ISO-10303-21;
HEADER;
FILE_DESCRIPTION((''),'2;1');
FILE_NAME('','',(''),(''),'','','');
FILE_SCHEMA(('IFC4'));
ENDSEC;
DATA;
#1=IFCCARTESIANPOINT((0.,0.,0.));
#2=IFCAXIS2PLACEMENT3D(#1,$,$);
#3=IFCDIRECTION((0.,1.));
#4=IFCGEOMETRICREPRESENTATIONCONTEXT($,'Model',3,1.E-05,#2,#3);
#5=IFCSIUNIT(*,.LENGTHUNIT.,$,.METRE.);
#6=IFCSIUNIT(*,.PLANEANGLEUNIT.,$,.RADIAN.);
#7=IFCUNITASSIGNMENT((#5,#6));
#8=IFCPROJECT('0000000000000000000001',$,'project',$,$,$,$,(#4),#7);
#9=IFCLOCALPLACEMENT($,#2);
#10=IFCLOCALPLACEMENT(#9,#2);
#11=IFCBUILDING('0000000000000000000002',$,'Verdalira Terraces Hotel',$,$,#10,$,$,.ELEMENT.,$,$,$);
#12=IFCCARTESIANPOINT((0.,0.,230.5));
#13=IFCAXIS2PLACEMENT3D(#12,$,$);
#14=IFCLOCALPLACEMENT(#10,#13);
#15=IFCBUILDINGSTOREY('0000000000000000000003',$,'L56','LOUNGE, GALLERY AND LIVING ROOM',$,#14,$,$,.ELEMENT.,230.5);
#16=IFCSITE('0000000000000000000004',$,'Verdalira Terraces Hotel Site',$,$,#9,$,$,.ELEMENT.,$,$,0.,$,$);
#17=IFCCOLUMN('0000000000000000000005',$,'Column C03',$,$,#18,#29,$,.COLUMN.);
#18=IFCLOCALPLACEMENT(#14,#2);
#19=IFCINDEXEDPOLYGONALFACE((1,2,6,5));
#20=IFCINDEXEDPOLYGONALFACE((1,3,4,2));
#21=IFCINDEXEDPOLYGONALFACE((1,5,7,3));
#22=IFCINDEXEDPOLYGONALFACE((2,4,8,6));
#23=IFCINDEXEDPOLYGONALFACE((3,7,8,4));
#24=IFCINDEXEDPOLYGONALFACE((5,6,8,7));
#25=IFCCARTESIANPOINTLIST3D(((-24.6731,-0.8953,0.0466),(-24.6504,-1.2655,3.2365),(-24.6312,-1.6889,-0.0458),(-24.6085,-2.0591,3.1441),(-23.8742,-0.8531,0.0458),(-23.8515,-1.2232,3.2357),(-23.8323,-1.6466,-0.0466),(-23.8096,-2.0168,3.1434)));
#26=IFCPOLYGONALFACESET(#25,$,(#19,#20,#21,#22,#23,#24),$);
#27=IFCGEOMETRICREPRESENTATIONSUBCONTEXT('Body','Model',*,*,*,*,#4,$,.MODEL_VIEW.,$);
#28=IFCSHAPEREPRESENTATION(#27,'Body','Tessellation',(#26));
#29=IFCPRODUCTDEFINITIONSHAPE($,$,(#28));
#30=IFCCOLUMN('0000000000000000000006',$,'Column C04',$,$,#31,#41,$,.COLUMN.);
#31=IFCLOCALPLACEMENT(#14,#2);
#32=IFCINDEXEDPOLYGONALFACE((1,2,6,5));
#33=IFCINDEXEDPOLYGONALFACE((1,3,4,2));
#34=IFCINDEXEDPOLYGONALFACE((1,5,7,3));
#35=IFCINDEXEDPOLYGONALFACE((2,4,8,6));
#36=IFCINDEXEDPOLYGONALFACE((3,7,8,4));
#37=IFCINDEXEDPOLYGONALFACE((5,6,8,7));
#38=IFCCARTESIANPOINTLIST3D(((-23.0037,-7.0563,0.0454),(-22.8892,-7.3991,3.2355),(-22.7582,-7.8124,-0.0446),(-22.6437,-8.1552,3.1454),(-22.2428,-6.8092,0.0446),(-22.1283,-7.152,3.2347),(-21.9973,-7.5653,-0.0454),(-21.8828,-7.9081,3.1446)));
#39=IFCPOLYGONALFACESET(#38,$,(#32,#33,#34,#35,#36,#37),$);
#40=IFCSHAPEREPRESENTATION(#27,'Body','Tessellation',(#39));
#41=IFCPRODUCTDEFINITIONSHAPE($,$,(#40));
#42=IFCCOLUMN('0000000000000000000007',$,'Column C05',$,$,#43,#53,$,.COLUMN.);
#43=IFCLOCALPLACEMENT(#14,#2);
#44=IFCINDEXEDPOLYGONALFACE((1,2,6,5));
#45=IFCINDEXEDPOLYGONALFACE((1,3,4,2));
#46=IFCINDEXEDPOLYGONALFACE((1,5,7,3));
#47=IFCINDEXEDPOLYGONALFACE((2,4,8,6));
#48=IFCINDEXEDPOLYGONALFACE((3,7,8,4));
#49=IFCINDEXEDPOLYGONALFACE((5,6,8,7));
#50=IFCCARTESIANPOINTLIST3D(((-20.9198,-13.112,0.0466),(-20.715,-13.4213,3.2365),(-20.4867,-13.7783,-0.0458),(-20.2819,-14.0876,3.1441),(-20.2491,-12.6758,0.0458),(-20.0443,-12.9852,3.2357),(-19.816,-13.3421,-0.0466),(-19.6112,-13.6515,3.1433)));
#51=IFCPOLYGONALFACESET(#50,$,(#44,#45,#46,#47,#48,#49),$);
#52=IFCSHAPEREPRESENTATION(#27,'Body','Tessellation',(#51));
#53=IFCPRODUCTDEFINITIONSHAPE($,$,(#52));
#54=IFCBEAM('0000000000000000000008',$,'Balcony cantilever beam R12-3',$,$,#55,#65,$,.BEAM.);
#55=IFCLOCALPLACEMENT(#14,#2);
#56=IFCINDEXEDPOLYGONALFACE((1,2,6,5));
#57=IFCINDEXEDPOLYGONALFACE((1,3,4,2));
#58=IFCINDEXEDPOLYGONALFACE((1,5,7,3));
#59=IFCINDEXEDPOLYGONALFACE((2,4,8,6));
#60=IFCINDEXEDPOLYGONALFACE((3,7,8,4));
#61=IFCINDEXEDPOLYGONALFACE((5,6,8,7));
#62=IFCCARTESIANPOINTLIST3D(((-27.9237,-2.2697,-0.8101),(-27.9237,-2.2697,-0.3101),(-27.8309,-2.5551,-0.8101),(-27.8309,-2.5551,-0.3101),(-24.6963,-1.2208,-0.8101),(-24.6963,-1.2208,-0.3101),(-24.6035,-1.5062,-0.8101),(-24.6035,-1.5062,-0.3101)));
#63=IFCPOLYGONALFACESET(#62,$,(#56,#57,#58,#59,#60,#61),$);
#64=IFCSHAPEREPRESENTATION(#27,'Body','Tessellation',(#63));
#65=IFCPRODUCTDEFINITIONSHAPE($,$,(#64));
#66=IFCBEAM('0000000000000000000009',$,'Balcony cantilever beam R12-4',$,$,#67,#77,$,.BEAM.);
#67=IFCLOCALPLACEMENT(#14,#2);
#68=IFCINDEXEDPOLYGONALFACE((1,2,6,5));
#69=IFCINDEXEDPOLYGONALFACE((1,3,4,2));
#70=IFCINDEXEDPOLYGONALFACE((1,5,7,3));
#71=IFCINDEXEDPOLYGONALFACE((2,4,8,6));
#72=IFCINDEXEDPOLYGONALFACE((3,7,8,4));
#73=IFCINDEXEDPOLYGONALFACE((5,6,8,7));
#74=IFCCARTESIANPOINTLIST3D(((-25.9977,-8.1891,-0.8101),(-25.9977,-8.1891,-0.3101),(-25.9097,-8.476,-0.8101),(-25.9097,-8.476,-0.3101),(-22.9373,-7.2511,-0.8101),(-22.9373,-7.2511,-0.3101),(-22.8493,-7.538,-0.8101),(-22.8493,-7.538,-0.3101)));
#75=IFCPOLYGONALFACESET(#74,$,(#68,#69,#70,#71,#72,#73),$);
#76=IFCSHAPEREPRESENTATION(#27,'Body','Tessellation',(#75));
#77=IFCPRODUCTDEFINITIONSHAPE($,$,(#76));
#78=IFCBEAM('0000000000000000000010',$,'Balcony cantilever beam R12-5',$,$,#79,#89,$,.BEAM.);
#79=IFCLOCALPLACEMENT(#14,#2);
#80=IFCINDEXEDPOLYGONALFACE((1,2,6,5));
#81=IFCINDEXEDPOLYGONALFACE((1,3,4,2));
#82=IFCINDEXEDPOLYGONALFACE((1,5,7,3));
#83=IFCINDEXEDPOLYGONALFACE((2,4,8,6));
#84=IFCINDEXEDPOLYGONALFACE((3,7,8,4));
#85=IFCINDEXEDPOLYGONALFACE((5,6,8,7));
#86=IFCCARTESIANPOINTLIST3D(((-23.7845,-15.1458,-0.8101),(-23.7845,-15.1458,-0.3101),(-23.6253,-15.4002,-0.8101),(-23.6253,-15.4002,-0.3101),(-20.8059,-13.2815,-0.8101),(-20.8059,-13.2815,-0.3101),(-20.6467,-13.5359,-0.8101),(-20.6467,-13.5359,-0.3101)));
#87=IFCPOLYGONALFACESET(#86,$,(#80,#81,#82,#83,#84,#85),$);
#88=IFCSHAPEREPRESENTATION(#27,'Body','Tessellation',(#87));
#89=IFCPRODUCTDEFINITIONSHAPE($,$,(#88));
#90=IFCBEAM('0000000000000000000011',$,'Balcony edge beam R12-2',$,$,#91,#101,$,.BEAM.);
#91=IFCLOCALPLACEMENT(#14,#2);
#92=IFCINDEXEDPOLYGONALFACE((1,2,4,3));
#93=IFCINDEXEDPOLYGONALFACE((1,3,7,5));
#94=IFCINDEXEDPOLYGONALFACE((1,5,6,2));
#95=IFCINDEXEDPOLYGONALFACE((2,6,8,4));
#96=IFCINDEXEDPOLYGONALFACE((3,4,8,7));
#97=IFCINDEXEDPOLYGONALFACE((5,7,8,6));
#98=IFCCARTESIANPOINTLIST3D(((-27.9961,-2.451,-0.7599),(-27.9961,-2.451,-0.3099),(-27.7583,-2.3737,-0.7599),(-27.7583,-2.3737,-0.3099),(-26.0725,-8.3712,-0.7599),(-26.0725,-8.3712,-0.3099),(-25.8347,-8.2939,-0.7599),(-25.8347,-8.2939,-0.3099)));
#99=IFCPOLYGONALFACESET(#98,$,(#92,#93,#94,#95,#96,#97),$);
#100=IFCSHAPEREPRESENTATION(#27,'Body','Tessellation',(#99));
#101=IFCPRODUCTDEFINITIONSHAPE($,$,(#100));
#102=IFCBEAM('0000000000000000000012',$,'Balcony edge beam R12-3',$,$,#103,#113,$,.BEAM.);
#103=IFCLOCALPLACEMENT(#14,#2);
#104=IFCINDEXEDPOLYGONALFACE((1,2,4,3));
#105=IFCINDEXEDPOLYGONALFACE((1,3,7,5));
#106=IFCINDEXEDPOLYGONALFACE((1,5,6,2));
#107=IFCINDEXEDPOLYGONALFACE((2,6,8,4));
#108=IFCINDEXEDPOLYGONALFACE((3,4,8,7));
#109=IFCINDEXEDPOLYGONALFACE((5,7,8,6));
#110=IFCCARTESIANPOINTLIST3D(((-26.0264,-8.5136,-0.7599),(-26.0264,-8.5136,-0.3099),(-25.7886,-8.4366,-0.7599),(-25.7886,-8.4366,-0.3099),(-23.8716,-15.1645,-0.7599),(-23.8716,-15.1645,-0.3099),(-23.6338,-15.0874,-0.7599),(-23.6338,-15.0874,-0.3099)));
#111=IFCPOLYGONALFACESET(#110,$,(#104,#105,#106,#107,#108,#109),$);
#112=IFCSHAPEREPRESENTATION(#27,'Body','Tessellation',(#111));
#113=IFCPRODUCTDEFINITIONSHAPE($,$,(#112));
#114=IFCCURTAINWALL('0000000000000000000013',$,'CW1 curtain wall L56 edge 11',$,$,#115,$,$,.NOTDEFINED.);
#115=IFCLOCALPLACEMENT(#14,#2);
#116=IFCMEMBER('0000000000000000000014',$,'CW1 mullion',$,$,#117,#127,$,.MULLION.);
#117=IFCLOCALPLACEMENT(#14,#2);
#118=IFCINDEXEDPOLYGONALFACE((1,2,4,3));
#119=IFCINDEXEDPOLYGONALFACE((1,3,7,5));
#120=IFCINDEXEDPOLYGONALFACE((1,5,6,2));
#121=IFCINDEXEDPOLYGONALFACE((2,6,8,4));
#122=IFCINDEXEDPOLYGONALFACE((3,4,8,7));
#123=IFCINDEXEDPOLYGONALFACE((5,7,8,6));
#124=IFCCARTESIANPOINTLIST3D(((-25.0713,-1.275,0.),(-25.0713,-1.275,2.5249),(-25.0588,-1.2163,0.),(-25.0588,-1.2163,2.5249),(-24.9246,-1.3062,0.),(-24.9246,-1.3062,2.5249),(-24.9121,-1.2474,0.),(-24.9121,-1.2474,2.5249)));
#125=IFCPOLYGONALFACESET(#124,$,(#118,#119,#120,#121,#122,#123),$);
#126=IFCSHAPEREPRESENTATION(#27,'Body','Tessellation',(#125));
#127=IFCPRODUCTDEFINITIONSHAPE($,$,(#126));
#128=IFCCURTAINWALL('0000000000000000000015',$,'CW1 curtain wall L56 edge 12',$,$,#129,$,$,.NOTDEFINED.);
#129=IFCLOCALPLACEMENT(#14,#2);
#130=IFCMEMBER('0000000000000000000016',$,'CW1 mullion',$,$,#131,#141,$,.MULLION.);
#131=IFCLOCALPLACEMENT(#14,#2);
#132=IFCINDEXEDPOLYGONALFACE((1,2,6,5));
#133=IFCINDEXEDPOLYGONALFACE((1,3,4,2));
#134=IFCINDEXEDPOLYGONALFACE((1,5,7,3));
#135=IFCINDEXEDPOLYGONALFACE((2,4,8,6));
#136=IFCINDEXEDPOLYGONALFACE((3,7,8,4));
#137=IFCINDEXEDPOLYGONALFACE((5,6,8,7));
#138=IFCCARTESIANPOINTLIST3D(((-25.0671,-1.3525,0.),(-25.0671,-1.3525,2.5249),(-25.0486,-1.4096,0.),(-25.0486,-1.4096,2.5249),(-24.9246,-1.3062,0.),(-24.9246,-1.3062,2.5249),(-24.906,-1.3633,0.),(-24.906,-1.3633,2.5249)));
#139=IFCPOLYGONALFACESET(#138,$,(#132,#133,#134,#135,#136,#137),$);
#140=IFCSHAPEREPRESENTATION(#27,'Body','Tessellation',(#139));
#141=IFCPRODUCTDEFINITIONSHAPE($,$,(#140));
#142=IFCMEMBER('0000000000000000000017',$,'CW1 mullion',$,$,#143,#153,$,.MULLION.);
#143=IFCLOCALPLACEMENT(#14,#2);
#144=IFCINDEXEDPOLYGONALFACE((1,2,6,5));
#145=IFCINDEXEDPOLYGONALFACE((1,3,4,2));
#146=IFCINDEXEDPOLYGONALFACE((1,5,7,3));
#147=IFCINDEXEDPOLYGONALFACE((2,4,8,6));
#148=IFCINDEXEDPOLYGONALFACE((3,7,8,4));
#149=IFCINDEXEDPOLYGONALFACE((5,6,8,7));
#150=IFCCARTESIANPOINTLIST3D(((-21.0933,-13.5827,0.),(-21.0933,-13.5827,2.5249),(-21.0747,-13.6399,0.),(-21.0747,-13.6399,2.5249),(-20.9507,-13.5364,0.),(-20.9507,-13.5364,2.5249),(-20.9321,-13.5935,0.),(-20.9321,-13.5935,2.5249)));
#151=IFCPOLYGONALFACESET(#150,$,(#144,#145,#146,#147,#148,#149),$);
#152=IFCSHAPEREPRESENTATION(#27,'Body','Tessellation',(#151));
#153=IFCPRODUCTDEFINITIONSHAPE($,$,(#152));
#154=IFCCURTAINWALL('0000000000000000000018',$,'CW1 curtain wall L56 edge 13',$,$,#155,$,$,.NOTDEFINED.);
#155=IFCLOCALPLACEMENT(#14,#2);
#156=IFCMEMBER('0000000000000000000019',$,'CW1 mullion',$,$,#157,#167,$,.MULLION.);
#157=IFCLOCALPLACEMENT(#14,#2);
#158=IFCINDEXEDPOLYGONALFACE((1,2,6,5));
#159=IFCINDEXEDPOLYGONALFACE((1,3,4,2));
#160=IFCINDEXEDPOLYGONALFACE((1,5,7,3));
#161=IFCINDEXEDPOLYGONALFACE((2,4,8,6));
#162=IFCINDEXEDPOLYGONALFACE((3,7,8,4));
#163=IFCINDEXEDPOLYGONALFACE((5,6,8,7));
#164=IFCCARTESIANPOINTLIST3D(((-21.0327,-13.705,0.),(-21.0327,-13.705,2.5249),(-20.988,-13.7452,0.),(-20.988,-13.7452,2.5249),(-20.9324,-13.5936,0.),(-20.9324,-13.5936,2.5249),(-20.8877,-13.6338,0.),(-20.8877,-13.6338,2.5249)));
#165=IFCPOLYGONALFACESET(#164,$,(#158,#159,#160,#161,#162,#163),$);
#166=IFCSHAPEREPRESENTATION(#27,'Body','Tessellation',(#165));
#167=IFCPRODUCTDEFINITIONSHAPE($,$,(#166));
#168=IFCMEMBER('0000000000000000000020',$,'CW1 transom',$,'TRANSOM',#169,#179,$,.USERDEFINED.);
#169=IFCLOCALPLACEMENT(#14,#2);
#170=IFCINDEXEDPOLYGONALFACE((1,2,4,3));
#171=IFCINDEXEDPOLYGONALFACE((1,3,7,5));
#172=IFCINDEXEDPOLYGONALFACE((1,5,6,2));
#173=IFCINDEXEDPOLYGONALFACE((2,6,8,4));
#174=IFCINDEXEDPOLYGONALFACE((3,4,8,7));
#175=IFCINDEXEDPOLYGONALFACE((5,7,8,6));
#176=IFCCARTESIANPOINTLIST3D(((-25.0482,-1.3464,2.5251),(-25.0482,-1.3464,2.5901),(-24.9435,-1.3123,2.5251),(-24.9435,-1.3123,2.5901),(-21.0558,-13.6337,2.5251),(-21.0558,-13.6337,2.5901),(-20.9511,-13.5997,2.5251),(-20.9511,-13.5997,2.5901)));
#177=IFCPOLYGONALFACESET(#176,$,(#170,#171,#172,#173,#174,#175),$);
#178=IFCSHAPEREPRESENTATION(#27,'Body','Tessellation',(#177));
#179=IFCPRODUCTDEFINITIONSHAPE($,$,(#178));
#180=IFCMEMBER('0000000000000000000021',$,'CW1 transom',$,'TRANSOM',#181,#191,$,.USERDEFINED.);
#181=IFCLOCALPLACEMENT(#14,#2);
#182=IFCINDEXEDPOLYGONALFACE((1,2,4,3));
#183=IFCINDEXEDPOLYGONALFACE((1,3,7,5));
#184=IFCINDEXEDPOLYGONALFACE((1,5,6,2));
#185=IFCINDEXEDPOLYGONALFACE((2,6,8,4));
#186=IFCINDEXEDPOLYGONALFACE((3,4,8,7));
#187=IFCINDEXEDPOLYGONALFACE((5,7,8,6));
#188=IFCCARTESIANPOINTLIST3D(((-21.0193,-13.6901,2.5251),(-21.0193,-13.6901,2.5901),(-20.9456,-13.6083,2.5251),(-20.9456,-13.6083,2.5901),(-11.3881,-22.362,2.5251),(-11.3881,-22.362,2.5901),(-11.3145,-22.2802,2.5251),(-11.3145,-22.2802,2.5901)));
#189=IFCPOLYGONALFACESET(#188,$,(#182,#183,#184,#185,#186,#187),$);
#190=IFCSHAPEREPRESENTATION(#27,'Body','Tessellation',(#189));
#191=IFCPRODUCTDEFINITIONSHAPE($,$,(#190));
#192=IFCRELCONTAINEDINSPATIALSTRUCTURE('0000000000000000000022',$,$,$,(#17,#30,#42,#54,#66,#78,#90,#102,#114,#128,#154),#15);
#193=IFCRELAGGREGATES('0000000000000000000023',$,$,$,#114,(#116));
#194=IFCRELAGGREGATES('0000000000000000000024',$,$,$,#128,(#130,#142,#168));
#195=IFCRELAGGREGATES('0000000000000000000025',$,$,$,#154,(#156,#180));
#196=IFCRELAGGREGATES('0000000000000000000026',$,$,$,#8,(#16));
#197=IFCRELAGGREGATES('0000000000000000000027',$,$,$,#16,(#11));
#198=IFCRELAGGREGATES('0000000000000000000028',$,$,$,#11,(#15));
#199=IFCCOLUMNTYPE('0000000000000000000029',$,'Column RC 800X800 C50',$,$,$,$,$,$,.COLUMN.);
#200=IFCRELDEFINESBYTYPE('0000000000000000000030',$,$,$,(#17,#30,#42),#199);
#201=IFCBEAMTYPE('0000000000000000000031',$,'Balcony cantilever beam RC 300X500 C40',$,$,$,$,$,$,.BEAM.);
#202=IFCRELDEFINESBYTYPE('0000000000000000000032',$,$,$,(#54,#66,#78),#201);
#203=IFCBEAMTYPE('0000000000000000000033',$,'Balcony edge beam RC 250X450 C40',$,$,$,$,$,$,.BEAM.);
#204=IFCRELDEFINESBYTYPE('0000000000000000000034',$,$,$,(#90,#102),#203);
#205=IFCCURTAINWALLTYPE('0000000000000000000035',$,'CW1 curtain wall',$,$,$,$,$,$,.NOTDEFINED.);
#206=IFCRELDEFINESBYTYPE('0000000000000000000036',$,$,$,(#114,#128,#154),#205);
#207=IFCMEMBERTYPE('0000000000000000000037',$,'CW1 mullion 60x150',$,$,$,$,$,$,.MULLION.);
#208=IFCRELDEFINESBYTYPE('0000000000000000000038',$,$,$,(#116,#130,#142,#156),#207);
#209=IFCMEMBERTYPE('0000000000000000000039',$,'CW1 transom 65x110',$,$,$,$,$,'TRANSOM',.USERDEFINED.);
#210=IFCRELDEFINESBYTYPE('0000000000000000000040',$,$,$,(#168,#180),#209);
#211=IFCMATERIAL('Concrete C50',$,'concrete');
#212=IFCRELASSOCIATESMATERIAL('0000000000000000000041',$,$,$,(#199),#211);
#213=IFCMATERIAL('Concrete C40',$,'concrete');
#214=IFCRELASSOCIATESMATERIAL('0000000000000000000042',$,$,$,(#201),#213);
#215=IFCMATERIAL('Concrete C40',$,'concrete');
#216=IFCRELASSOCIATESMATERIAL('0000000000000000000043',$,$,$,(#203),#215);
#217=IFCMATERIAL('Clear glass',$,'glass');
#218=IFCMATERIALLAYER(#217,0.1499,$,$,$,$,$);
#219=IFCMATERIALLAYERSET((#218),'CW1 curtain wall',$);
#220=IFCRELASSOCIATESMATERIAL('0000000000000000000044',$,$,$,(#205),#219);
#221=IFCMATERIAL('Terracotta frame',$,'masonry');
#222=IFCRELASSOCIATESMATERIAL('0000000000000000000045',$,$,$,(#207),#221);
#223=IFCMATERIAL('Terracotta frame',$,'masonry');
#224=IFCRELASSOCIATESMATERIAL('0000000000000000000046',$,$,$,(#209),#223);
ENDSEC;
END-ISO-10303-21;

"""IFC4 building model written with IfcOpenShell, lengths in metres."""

from ifc_helpers import new_model, si_unit, direction, frame, origin, origin_2d, place, context, subcontext, project, spatial, rectangle, extrude, material, layer, layer_set, material_profile, profile_set, type_object, element, aggregate, save


model = new_model("IFC4")

# Units and contexts
model_context = context("Model", 3, precision=1e-05, world=origin(), true_north=direction((0.0, 1.0)))
body_context = subcontext(model_context, "Body", "Model", "MODEL_VIEW")
ifc_project = project(units=[si_unit("LENGTHUNIT", "METRE"), si_unit("PLANEANGLEUNIT", "RADIAN")], contexts=[model_context])

# Site, building, storey
site_placement = place(None, origin())
site = spatial("IfcSite", under=ifc_project, at=site_placement, Name="Verdalira Terraces Hotel Site", CompositionType="ELEMENT", RefElevation=0.0)
building_placement = place(site_placement, origin())
building = spatial("IfcBuilding", under=site, at=building_placement, Name="Verdalira Terraces Hotel", CompositionType="ELEMENT")
storey_placement = place(building_placement, frame((0.0, 0.0, 230.5)))
storey = spatial("IfcBuildingStorey", under=building, at=storey_placement, Name="L56", Description="LOUNGE, GALLERY AND LIVING ROOM", CompositionType="ELEMENT", Elevation=230.5)

# Columns
ifc_material_1 = material(Name="Concrete C50", Category="concrete")
ifc_material_profile_1 = material_profile(ifc_material_1, rectangle(XDim=0.8, YDim=0.8, at=origin_2d()), Name="RC 800X800")
ifc_profile_set_1 = profile_set([ifc_material_profile_1], Name="Concrete C50")
column_type = type_object("IfcColumnType", Name="Column RC 800X800 C50", PredefinedType="COLUMN", material=ifc_profile_set_1)
column_1_placement = place(storey_placement, frame((-24.2527, -1.271, 0.0), z_axis=(0.00707, -0.11525, 0.993311), x_axis=(-0.052401, 0.991929, 0.115463)))
element("IfcColumn", 1, at=column_1_placement, inside=storey, type_object=column_type, Name="Column C03", PredefinedType="COLUMN", context=body_context, shape_type="SweptSolid", body=[
    extrude(rectangle(XDim=0.8, YDim=0.8, at=origin_2d()), origin(), (0.0, 0.0, 1.0), 3.2114),
])
column_2_placement = place(storey_placement, frame((-22.5005, -7.3108, 0.0), z_axis=(0.035667, -0.106771, 0.993644), x_axis=(0.306813, -0.94509, -0.112567)))
element("IfcColumn", 2, at=column_2_placement, inside=storey, type_object=column_type, Name="Column C04", PredefinedType="COLUMN", context=body_context, shape_type="SweptSolid", body=[
    extrude(rectangle(XDim=0.8, YDim=0.8, at=origin_2d()), origin(), (0.0, 0.0, 1.0), 3.2104),
])
column_3_placement = place(storey_placement, frame((-20.3679, -13.2271, 0.0), z_axis=(0.063783, -0.09632, 0.993305), x_axis=(-0.541368, 0.832812, 0.11552)))
element("IfcColumn", 3, at=column_3_placement, inside=storey, type_object=column_type, Name="Column C05", PredefinedType="COLUMN", context=body_context, shape_type="SweptSolid", body=[
    extrude(rectangle(XDim=0.8, YDim=0.8, at=origin_2d()), origin(), (0.0, 0.0, 1.0), 3.2114),
])

# Beams
ifc_material_2 = material(Name="Concrete C40", Category="concrete")
ifc_material_profile_2 = material_profile(ifc_material_2, rectangle(XDim=0.3, YDim=0.5, at=origin_2d()), Name="RC 300X500")
ifc_profile_set_2 = profile_set([ifc_material_profile_2], Name="Concrete C40")
beam_type_1 = type_object("IfcBeamType", Name="Balcony cantilever beam RC 300X500 C40", PredefinedType="BEAM", material=ifc_profile_set_2)
beam_1_placement = place(storey_placement, frame((-24.6499, -1.3635, -0.5601), z_axis=(-0.951038, -0.309075, 0.0), x_axis=(0.309075, -0.951038, 0.0)))
element("IfcBeam", 4, at=beam_1_placement, inside=storey, type_object=beam_type_1, Name="Balcony cantilever beam R12-3", PredefinedType="BEAM", context=body_context, shape_type="SweptSolid", body=[
    extrude(rectangle(XDim=0.3, YDim=0.5, at=origin_2d()), origin(), (0.0, 0.0, 1.0), 3.3936),
])
beam_2_placement = place(storey_placement, frame((-22.8933, -7.3945, -0.5601), z_axis=(-0.956098, -0.293046, 0.0), x_axis=(0.293046, -0.956098, 0.0)))
element("IfcBeam", 5, at=beam_2_placement, inside=storey, type_object=beam_type_1, Name="Balcony cantilever beam R12-4", PredefinedType="BEAM", context=body_context, shape_type="SweptSolid", body=[
    extrude(rectangle(XDim=0.3, YDim=0.5, at=origin_2d()), origin(), (0.0, 0.0, 1.0), 3.2009),
])
beam_3_placement = place(storey_placement, frame((-20.7263, -13.4087, -0.5601), z_axis=(-0.847655, -0.530548, 0.0), x_axis=(0.530548, -0.847655, 0.0)))
element("IfcBeam", 6, at=beam_3_placement, inside=storey, type_object=beam_type_1, Name="Balcony cantilever beam R12-5", PredefinedType="BEAM", context=body_context, shape_type="SweptSolid", body=[
    extrude(rectangle(XDim=0.3, YDim=0.5, at=origin_2d()), origin(), (0.0, 0.0, 1.0), 3.5139),
])
ifc_material_3 = material(Name="Concrete C40", Category="concrete")
ifc_material_profile_3 = material_profile(ifc_material_3, rectangle(XDim=0.25, YDim=0.45, at=origin_2d()), Name="RC 250X450")
ifc_profile_set_3 = profile_set([ifc_material_profile_3], Name="Concrete C40")
beam_type_2 = type_object("IfcBeamType", Name="Balcony edge beam RC 250X450 C40", PredefinedType="BEAM", material=ifc_profile_set_3)
beam_4_placement = place(storey_placement, frame((-27.8772, -2.4124, -0.5349), z_axis=(0.309018, -0.951056, 0.0), x_axis=(0.951056, 0.309018, 0.0)))
element("IfcBeam", 7, at=beam_4_placement, inside=storey, type_object=beam_type_2, Name="Balcony edge beam R12-2", PredefinedType="BEAM", context=body_context, shape_type="SweptSolid", body=[
    extrude(rectangle(XDim=0.25, YDim=0.45, at=origin_2d()), origin(), (0.0, 0.0, 1.0), 6.2249),
])
beam_5_placement = place(storey_placement, frame((-25.9075, -8.4751, -0.5349), z_axis=(0.308213, -0.951317, 0.0), x_axis=(0.951317, 0.308213, 0.0)))
element("IfcBeam", 8, at=beam_5_placement, inside=storey, type_object=beam_type_2, Name="Balcony edge beam R12-3", PredefinedType="BEAM", context=body_context, shape_type="SweptSolid", body=[
    extrude(rectangle(XDim=0.25, YDim=0.45, at=origin_2d()), origin(), (0.0, 0.0, 1.0), 6.9912),
])

# Curtain wall, member
ifc_material_4 = material(Name="Clear glass", Category="glass")
ifc_layer_1 = layer(ifc_material_4, 0.1499)
ifc_layer_set_1 = layer_set([ifc_layer_1], Name="CW1 curtain wall")
curtain_wall_type = type_object("IfcCurtainWallType", Name="CW1 curtain wall", PredefinedType="NOTDEFINED", material=ifc_layer_set_1)
curtain_wall_1_placement = place(storey_placement, origin())
curtain_wall_1 = element("IfcCurtainWall", 9, at=curtain_wall_1_placement, inside=storey, type_object=curtain_wall_type, Name="CW1 curtain wall L56 edge 11", PredefinedType="NOTDEFINED")
ifc_material_5 = material(Name="Terracotta frame", Category="masonry")
ifc_material_profile_4 = material_profile(ifc_material_5, rectangle(XDim=0.0601, YDim=0.1499, at=origin_2d()), Name="MU 60x150")
ifc_profile_set_4 = profile_set([ifc_material_profile_4], Name="Terracotta frame")
member_type_1 = type_object("IfcMemberType", Name="CW1 mullion 60x150", PredefinedType="MULLION", material=ifc_profile_set_4)
member_1_placement = place(storey_placement, frame((-24.9917, -1.2612, 0.0), z_axis=(0.0, 0.0, 1.0), x_axis=(-0.207912, -0.978148, 0.0)))
member_1 = element("IfcMember", 10, at=member_1_placement, type_object=member_type_1, Name="CW1 mullion", PredefinedType="MULLION", context=body_context, shape_type="SweptSolid", body=[
    extrude(rectangle(XDim=0.0601, YDim=0.1499, at=origin_2d()), origin(), (0.0, 0.0, 1.0), 2.5249),
])
aggregate(curtain_wall_1, [member_1])

# Curtain wall, members
curtain_wall_2_placement = place(storey_placement, origin())
curtain_wall_2 = element("IfcCurtainWall", 11, at=curtain_wall_2_placement, inside=storey, type_object=curtain_wall_type, Name="CW1 curtain wall L56 edge 12", PredefinedType="NOTDEFINED")
member_2_placement = place(storey_placement, frame((-24.9866, -1.3579, 0.0), z_axis=(0.0, 0.0, 1.0), x_axis=(0.309017, -0.951057, 0.0)))
member_2 = element("IfcMember", 12, at=member_2_placement, type_object=member_type_1, Name="CW1 mullion", PredefinedType="MULLION", context=body_context, shape_type="SweptSolid", body=[
    extrude(rectangle(XDim=0.0601, YDim=0.1499, at=origin_2d()), origin(), (0.0, 0.0, 1.0), 2.5249),
])
member_3_placement = place(storey_placement, frame((-21.0127, -13.5881, 0.0), z_axis=(0.0, 0.0, 1.0), x_axis=(0.309017, -0.951057, 0.0)))
member_3 = element("IfcMember", 13, at=member_3_placement, type_object=member_type_1, Name="CW1 mullion", PredefinedType="MULLION", context=body_context, shape_type="SweptSolid", body=[
    extrude(rectangle(XDim=0.0601, YDim=0.1499, at=origin_2d()), origin(), (0.0, 0.0, 1.0), 2.5249),
])

# Curtain wall, member
curtain_wall_3_placement = place(storey_placement, origin())
curtain_wall_3 = element("IfcCurtainWall", 14, at=curtain_wall_3_placement, inside=storey, type_object=curtain_wall_type, Name="CW1 curtain wall L56 edge 13", PredefinedType="NOTDEFINED")
member_4_placement = place(storey_placement, frame((-20.9602, -13.6694, 0.0), z_axis=(0.0, 0.0, 1.0), x_axis=(0.743145, -0.669131, 0.0)))
member_4 = element("IfcMember", 15, at=member_4_placement, type_object=member_type_1, Name="CW1 mullion", PredefinedType="MULLION", context=body_context, shape_type="SweptSolid", body=[
    extrude(rectangle(XDim=0.0601, YDim=0.1499, at=origin_2d()), origin(), (0.0, 0.0, 1.0), 2.5249),
])

# Members
ifc_material_6 = material(Name="Terracotta frame", Category="masonry")
ifc_material_profile_5 = material_profile(ifc_material_6, rectangle(XDim=0.1101, YDim=0.0649, at=origin_2d()), Name="TR 65x110")
ifc_profile_set_5 = profile_set([ifc_material_profile_5], Name="Terracotta frame")
member_type_2 = type_object("IfcMemberType", Name="CW1 transom 65x110", ElementType="TRANSOM", PredefinedType="USERDEFINED", material=ifc_profile_set_5)
member_5_placement = place(storey_placement, frame((-24.9959, -1.3293, 2.5576), z_axis=(0.309019, -0.951056, 0.0), x_axis=(0.951056, 0.309019, 0.0)))
member_5 = element("IfcMember", 16, at=member_5_placement, type_object=member_type_2, Name="CW1 transom", ObjectType="TRANSOM", PredefinedType="USERDEFINED", context=body_context, shape_type="SweptSolid", body=[
    extrude(rectangle(XDim=0.1101, YDim=0.0649, at=origin_2d()), origin(), (0.0, 0.0, 1.0), 12.9197),
])
member_6_placement = place(storey_placement, frame((-20.9824, -13.6492, 2.5576), z_axis=(0.743145, -0.66913, 0.0), x_axis=(0.66913, 0.743145, 0.0)))
member_6 = element("IfcMember", 17, at=member_6_placement, type_object=member_type_2, Name="CW1 transom", ObjectType="TRANSOM", PredefinedType="USERDEFINED", context=body_context, shape_type="SweptSolid", body=[
    extrude(rectangle(XDim=0.1101, YDim=0.0649, at=origin_2d()), origin(), (0.0, 0.0, 1.0), 12.96),
])

aggregate(curtain_wall_2, [member_2, member_3, member_5])
aggregate(curtain_wall_3, [member_4, member_6])

save(model, "model.ifc")
